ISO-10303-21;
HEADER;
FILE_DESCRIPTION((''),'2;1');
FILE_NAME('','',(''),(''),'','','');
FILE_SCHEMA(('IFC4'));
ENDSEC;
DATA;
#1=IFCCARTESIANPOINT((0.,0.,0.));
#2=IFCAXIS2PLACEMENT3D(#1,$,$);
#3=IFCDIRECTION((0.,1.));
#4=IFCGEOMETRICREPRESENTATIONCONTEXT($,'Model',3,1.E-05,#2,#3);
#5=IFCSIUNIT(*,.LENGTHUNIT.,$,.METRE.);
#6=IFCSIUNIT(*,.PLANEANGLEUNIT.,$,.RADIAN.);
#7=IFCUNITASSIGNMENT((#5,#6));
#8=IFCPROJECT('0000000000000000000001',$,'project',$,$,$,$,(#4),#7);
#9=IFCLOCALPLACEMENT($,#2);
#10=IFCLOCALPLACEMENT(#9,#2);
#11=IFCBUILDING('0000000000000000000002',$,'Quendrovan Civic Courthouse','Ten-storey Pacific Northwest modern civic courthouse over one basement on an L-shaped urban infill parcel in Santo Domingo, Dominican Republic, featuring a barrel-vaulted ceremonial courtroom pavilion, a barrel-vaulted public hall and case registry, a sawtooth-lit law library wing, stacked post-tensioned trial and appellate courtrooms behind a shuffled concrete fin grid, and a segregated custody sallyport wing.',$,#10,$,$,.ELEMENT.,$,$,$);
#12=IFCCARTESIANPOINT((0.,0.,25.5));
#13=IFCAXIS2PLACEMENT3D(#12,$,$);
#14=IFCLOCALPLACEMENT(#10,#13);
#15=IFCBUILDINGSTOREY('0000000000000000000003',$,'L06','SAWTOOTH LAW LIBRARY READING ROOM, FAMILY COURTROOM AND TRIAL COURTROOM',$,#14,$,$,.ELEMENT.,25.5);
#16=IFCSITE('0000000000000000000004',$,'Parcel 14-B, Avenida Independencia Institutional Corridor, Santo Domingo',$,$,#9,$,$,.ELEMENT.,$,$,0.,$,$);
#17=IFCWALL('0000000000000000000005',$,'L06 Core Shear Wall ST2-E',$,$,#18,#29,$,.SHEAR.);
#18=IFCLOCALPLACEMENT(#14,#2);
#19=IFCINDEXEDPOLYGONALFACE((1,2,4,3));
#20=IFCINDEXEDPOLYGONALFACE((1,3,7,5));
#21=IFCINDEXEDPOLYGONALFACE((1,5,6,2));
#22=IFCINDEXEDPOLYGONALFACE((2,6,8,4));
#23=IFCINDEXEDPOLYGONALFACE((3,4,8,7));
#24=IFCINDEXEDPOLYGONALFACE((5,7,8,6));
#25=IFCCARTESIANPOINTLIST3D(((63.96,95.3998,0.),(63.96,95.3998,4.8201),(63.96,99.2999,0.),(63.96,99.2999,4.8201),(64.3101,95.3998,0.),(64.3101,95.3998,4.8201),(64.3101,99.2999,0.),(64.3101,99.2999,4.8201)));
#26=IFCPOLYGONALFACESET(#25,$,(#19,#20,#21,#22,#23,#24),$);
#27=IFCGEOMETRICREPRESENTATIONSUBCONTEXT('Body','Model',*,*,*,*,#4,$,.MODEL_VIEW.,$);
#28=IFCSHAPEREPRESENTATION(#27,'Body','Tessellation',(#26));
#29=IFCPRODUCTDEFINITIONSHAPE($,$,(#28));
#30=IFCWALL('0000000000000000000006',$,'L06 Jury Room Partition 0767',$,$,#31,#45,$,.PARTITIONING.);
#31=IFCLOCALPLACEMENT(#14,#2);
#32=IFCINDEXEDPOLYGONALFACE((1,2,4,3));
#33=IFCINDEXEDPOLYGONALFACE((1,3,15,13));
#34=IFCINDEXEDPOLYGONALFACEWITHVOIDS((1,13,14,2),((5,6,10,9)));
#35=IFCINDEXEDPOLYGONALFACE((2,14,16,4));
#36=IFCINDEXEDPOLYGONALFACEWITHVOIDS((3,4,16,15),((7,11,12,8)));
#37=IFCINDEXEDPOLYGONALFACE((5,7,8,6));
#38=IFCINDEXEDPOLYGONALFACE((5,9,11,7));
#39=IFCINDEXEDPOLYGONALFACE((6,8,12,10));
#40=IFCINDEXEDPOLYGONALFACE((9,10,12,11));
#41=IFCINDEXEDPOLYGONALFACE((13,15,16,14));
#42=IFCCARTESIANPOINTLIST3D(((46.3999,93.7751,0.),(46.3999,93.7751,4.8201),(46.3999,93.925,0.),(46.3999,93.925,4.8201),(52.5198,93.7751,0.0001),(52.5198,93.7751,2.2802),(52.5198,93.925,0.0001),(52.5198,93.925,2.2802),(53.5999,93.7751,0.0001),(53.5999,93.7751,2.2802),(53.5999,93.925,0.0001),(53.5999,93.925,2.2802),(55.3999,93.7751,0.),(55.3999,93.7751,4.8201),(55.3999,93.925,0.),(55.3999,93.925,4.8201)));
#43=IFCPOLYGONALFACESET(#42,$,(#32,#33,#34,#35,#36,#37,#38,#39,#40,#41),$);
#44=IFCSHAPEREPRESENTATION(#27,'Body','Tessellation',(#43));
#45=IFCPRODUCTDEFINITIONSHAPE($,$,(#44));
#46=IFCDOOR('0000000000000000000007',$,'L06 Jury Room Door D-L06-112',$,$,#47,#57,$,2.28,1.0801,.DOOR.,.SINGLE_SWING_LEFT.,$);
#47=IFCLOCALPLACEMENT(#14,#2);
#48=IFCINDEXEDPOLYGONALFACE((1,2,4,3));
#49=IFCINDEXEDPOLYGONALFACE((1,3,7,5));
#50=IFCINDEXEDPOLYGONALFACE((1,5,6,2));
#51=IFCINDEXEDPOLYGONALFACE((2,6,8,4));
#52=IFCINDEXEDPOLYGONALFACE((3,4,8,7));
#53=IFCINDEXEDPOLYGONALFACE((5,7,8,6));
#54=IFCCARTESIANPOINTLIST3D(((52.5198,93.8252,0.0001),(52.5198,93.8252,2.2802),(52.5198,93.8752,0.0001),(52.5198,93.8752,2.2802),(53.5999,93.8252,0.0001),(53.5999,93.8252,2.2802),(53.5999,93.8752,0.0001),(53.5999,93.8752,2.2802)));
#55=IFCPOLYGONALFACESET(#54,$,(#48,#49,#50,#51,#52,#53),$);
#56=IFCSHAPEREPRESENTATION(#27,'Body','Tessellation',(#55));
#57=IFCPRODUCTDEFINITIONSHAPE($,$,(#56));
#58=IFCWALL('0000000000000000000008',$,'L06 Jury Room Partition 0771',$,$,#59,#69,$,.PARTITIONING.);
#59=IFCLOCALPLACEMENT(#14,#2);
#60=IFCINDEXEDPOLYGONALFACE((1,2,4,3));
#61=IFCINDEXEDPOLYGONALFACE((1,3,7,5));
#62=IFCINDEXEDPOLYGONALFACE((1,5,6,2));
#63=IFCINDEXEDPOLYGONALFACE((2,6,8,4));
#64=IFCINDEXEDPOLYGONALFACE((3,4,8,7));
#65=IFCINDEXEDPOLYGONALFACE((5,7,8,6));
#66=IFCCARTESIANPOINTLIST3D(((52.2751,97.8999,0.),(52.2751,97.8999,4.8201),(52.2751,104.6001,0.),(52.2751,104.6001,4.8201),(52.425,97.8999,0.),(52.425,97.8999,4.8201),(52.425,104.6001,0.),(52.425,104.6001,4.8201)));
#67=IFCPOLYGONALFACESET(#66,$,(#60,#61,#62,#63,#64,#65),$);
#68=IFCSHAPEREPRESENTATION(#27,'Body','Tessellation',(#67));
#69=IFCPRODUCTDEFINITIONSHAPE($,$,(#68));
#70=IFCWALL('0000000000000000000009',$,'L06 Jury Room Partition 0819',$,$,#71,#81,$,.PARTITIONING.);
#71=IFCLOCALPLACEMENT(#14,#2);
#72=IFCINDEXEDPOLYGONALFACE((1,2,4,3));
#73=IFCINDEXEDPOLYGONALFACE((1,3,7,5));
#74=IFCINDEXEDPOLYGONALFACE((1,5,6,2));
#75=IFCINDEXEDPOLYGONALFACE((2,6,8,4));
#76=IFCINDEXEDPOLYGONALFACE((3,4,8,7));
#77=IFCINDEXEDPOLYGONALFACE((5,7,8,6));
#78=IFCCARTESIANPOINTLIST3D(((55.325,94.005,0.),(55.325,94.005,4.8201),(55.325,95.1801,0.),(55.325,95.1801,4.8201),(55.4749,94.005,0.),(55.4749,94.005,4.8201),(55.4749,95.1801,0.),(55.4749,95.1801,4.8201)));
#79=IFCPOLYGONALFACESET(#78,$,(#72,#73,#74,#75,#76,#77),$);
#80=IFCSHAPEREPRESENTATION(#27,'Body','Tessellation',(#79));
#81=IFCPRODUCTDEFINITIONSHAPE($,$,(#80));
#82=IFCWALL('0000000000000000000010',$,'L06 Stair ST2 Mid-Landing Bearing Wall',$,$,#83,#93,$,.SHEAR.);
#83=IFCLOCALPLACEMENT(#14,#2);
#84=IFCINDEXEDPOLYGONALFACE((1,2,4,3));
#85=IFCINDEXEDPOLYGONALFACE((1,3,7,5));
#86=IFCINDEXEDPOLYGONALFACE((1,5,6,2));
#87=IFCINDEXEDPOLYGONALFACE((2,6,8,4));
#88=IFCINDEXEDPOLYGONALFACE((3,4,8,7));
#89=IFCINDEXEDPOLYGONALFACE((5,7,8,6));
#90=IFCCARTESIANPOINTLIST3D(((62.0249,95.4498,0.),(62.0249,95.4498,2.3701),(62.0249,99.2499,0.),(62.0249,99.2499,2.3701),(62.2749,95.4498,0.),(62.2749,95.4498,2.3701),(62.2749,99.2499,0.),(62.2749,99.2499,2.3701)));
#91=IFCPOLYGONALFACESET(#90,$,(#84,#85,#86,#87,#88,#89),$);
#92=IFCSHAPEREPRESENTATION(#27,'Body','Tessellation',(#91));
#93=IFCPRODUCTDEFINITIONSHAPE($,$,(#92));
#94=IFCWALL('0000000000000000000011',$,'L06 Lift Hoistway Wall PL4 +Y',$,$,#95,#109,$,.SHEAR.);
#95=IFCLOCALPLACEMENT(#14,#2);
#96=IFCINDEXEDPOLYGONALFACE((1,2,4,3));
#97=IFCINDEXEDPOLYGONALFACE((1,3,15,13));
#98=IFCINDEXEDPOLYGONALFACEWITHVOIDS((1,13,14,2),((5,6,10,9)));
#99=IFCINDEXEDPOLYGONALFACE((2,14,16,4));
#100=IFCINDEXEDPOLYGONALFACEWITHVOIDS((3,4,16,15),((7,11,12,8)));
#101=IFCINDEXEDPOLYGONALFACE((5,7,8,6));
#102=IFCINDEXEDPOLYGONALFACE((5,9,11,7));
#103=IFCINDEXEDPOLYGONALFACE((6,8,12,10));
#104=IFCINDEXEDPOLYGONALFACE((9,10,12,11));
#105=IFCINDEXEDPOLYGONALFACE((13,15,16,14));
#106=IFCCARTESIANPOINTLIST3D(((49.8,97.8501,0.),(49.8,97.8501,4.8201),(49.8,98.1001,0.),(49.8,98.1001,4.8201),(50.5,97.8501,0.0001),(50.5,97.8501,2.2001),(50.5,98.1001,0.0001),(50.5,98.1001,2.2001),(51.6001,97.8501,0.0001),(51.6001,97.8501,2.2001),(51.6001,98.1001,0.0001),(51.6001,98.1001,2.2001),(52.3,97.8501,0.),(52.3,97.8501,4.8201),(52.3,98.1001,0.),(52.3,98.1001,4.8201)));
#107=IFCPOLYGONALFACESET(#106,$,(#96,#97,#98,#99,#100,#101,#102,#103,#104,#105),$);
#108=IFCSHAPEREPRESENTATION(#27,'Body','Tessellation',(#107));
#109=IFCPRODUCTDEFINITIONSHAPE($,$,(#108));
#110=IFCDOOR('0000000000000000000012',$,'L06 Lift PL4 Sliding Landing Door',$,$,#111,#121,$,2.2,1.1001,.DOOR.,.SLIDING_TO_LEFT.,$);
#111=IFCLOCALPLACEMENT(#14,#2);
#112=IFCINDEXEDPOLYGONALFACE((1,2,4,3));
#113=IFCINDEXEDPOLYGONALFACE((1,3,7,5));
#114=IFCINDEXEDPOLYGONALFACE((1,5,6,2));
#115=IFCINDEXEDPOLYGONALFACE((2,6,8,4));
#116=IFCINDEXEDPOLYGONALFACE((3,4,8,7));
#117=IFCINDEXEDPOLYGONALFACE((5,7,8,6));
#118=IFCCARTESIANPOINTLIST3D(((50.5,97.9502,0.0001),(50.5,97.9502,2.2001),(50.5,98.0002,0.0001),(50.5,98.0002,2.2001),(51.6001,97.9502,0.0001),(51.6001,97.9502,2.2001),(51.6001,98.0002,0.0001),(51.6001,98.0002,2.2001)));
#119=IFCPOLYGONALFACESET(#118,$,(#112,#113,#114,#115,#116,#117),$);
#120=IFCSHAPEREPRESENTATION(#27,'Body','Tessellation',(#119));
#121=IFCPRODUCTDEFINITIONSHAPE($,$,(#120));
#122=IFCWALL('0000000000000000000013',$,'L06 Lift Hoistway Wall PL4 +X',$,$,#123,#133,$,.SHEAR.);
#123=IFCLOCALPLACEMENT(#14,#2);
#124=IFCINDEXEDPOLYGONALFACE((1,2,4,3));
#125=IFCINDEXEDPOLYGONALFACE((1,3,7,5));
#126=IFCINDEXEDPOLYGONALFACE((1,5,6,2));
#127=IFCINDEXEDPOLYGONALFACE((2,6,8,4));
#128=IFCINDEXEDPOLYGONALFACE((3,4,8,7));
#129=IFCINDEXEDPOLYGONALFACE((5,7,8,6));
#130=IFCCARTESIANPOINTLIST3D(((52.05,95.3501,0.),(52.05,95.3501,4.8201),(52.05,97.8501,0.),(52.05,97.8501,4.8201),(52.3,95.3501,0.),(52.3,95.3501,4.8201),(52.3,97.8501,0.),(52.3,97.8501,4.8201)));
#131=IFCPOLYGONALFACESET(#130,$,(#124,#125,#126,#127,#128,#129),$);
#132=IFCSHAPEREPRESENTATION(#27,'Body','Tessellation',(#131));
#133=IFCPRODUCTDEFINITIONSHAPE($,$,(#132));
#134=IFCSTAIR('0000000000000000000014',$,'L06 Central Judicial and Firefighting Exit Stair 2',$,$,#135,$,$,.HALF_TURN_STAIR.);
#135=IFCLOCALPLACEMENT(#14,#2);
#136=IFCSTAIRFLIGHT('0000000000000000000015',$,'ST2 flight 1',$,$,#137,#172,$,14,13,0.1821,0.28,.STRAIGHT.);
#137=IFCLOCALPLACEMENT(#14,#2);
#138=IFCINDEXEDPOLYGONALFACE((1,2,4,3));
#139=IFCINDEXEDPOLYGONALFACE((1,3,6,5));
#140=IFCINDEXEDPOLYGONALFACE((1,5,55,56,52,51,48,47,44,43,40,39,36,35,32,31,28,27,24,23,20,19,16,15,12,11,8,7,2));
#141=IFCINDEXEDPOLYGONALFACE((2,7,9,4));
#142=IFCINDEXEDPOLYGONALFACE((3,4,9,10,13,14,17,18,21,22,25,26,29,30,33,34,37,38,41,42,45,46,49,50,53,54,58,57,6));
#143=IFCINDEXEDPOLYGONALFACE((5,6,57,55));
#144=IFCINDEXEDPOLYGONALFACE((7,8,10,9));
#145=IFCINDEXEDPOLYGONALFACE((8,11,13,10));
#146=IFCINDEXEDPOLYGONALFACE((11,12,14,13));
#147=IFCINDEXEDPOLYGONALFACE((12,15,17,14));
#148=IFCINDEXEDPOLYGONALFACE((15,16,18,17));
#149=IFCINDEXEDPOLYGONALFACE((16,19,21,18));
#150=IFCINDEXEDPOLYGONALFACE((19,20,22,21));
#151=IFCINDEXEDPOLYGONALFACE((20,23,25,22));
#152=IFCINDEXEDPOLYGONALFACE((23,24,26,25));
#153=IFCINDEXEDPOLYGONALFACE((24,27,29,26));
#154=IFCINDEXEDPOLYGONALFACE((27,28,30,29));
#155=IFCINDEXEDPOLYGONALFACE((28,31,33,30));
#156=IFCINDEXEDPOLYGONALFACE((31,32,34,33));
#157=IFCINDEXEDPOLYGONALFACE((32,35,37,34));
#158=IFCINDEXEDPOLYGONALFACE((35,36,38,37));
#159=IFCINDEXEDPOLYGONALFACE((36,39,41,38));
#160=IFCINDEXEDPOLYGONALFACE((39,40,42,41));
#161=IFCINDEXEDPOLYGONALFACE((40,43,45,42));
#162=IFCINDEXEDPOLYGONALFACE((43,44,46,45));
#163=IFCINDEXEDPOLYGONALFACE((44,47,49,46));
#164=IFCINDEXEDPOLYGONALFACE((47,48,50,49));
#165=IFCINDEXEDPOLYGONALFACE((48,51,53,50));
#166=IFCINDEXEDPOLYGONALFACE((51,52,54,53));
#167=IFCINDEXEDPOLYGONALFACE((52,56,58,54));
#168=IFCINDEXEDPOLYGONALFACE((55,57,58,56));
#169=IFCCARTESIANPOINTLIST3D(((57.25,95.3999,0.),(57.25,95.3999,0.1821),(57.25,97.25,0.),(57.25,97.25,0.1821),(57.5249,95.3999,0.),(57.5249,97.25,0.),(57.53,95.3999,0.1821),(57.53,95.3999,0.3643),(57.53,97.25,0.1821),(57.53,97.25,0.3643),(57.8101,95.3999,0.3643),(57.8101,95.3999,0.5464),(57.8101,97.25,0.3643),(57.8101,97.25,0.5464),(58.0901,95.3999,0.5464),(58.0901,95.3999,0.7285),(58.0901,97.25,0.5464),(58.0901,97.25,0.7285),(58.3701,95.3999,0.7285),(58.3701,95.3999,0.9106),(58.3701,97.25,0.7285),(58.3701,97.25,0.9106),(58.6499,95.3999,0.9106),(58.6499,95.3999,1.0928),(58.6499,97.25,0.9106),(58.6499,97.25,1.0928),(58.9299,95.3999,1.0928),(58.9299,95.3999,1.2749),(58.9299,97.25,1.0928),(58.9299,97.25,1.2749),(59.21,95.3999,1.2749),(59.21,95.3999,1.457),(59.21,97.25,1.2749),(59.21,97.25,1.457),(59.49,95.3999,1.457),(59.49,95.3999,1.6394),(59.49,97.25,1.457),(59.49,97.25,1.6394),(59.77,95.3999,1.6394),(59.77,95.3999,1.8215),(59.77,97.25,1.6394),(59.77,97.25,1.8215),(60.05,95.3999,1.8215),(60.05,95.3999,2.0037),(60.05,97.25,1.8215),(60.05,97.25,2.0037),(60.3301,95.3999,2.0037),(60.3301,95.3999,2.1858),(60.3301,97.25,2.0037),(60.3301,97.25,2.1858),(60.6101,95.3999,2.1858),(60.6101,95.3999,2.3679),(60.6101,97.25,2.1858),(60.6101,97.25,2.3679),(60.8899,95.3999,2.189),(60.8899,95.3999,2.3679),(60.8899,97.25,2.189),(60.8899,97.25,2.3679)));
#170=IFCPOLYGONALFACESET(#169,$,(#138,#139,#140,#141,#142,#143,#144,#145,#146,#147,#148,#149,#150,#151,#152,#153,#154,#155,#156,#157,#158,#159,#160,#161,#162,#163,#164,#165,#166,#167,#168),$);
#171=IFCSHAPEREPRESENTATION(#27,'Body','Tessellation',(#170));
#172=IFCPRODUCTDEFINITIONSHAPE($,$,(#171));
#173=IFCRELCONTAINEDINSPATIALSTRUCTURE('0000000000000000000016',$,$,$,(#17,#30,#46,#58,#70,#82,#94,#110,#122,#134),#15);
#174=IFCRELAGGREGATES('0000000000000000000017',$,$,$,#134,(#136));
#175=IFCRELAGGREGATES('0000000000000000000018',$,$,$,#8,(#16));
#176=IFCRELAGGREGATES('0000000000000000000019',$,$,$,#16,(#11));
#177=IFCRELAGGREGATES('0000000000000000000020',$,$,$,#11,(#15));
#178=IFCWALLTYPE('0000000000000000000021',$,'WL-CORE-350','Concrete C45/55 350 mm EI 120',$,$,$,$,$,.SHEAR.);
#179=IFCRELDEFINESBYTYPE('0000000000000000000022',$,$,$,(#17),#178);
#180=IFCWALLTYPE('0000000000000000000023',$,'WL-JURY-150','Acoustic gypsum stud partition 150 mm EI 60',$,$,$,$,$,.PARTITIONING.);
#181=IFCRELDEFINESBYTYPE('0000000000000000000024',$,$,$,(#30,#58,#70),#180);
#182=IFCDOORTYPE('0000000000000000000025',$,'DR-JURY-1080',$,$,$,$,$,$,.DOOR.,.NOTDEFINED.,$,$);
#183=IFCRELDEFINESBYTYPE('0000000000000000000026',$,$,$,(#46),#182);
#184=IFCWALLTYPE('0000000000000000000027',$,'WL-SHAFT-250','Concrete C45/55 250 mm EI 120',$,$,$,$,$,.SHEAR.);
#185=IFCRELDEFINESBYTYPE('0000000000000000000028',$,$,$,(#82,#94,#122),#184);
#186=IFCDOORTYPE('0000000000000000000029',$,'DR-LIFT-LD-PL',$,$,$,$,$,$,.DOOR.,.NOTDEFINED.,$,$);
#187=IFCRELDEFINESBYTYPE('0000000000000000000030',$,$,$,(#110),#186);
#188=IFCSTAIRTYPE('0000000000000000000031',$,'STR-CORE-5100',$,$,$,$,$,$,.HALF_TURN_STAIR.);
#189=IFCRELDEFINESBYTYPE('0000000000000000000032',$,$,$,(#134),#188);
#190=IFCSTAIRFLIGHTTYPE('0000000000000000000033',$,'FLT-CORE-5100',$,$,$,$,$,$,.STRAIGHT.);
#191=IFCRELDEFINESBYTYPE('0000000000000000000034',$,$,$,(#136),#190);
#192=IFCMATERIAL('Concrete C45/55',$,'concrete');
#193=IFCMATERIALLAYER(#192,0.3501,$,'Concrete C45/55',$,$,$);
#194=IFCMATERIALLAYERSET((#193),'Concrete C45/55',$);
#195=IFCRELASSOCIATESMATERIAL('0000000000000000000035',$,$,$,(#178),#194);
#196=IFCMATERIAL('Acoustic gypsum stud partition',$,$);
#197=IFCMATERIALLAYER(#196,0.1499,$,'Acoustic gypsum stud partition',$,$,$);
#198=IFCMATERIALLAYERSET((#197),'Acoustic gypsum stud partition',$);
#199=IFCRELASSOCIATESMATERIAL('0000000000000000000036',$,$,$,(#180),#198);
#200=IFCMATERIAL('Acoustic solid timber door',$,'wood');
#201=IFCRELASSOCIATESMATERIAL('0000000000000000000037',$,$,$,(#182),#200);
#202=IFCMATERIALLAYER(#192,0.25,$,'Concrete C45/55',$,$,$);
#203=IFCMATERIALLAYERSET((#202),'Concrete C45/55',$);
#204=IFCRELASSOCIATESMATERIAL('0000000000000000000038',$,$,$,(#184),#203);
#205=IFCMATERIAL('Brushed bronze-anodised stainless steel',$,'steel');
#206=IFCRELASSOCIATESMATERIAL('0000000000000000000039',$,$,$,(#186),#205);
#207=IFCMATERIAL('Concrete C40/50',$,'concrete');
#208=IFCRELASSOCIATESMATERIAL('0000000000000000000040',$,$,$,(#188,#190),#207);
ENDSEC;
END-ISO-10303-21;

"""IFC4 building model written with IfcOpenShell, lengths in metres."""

from ifc_helpers import new_model, si_unit, direction, frame, frame_2d, origin, place, context, subcontext, project, spatial, polyline, rectangle, outline, extrude, material, layer, layer_set, type_object, element, fill, aggregate, save


model = new_model("IFC4")

# Units and contexts
model_context = context("Model", 3, precision=1e-05, world=origin(), true_north=direction((0.0, 1.0)))
body_context = subcontext(model_context, "Body", "Model", "MODEL_VIEW")
ifc_project = project(units=[si_unit("LENGTHUNIT", "METRE"), si_unit("PLANEANGLEUNIT", "RADIAN")], contexts=[model_context])

# Site, building, storey
site_placement = place(None, origin())
site = spatial("IfcSite", under=ifc_project, at=site_placement, Name="Parcel 14-B, Avenida Independencia Institutional Corridor, Santo Domingo", CompositionType="ELEMENT", RefElevation=0.0)
building_placement = place(site_placement, origin())
building = spatial("IfcBuilding", under=site, at=building_placement, Name="Quendrovan Civic Courthouse", Description="Ten-storey Pacific Northwest modern civic courthouse over one basement on an L-shaped urban infill parcel in Santo Domingo, Dominican Republic, featuring a barrel-vaulted ceremonial courtroom pavilion, a barrel-vaulted public hall and case registry, a sawtooth-lit law library wing, stacked post-tensioned trial and appellate courtrooms behind a shuffled concrete fin grid, and a segregated custody sallyport wing.", CompositionType="ELEMENT")
storey_placement = place(building_placement, frame((0.0, 0.0, 25.5)))
storey = spatial("IfcBuildingStorey", under=building, at=storey_placement, Name="L06", Description="SAWTOOTH LAW LIBRARY READING ROOM, FAMILY COURTROOM AND TRIAL COURTROOM", CompositionType="ELEMENT", Elevation=25.5)

# Shared definitions
ifc_material_1 = material(Name="Concrete C45/55", Category="concrete")

# Shared definitions
ifc_material_2 = material(Name="Concrete C40/50", Category="concrete")

# Shared definitions
ifc_material_3 = material(Name="Acoustic gypsum stud partition")

# Shared definitions
ifc_layer_1 = layer(ifc_material_1, 0.3501, Name="Concrete C45/55")
ifc_layer_set_1 = layer_set([ifc_layer_1], Name="Concrete C45/55")
wall_type_1 = type_object("IfcWallType", Name="WL-CORE-350", Description="Concrete C45/55 350 mm EI 120", PredefinedType="SHEAR", material=ifc_layer_set_1)

# Wall
for number, where, z_axis, x_axis, name in (
    (1, (64.135, 99.3, 0.0), (0.0, 0.0, 1.0), (0.0, -1.0, 0.0), "L06 Core Shear Wall ST2-E"),
):
    element("IfcWall", number, at=place(storey_placement, frame(where, z_axis=z_axis, x_axis=x_axis)), inside=storey, type_object=wall_type_1, Name=name, PredefinedType="SHEAR", context=body_context, shape_type="SweptSolid", body=[
        extrude(rectangle(XDim=3.9001, YDim=0.3501, at=frame_2d((1.9502, 0.0))), origin(), (0.0, 0.0, 1.0), 4.8201),
    ])

# Wall, opening, door
ifc_layer_2 = layer(ifc_material_3, 0.1499, Name="Acoustic gypsum stud partition")
ifc_layer_set_2 = layer_set([ifc_layer_2], Name="Acoustic gypsum stud partition")
wall_type_2 = type_object("IfcWallType", Name="WL-JURY-150", Description="Acoustic gypsum stud partition 150 mm EI 60", PredefinedType="PARTITIONING", material=ifc_layer_set_2)
wall_1_placement = place(storey_placement, frame((55.3999, 93.8501, 0.0), z_axis=(0.0, 0.0, 1.0), x_axis=(-1.0, 0.0, 0.0)))
wall_1 = element("IfcWall", 2, at=wall_1_placement, inside=storey, type_object=wall_type_2, Name="L06 Jury Room Partition 0767", PredefinedType="PARTITIONING", context=body_context, shape_type="SweptSolid", body=[
    extrude(rectangle(XDim=9.0, YDim=0.1499, at=frame_2d((4.5, 0.0))), origin(), (0.0, 0.0, 1.0), 4.8201),
])
opening_1_placement = place(wall_1_placement, frame((1.8, 0.0, 0.0)))
opening_1 = element("IfcOpeningElement", 3, at=opening_1_placement, cuts=wall_1, PredefinedType="OPENING", context=body_context, shape_type="SweptSolid", body=[
    extrude(rectangle(XDim=1.0801, YDim=2.28, at=frame_2d((0.54, 1.1401))), frame((0.0, 0.085, 0.0), z_axis=(0.0, -1.0, 0.0), x_axis=(1.0, 0.0, 0.0)), (0.0, 0.0, 1.0), 0.1699),
])
ifc_material_4 = material(Name="Acoustic solid timber door", Category="wood")
door_type_1 = type_object("IfcDoorType", Name="DR-JURY-1080", OperationType="NOTDEFINED", PredefinedType="DOOR", material=ifc_material_4)
door_1_placement = place(opening_1_placement, origin())
door_1 = element("IfcDoor", 4, at=door_1_placement, inside=storey, type_object=door_type_1, Name="L06 Jury Room Door D-L06-112", OperationType="SINGLE_SWING_LEFT", OverallHeight=2.28, OverallWidth=1.0801, PredefinedType="DOOR", context=body_context, shape_type="SweptSolid", body=[
    extrude(rectangle(XDim=1.0801, YDim=2.28, at=frame_2d((0.54, 1.1401))), frame((0.0, 0.0249, 0.0), z_axis=(0.0, -1.0, 0.0), x_axis=(1.0, 0.0, 0.0)), (0.0, 0.0, 1.0), 0.05),
])
fill(opening_1, door_1)

# Walls
wall_2_placement = place(storey_placement, frame((52.3501, 97.8999, 0.0), z_axis=(0.0, 0.0, 1.0), x_axis=(0.0, 1.0, 0.0)))
element("IfcWall", 5, at=wall_2_placement, inside=storey, type_object=wall_type_2, Name="L06 Jury Room Partition 0771", PredefinedType="PARTITIONING", context=body_context, shape_type="SweptSolid", body=[
    extrude(rectangle(XDim=6.7002, YDim=0.1499, at=frame_2d((3.3501, 0.0))), origin(), (0.0, 0.0, 1.0), 4.8201),
])
wall_3_placement = place(storey_placement, frame((55.3999, 95.1799, 0.0), z_axis=(0.0, 0.0, 1.0), x_axis=(0.0, -1.0, 0.0)))
element("IfcWall", 6, at=wall_3_placement, inside=storey, type_object=wall_type_2, Name="L06 Jury Room Partition 0819", PredefinedType="PARTITIONING", context=body_context, shape_type="SweptSolid", body=[
    extrude(rectangle(XDim=1.175, YDim=0.1499, at=frame_2d((0.5874, 0.0))), origin(), (0.0, 0.0, 1.0), 4.8201),
])
ifc_layer_3 = layer(ifc_material_1, 0.25, Name="Concrete C45/55")
ifc_layer_set_3 = layer_set([ifc_layer_3], Name="Concrete C45/55")
wall_type_3 = type_object("IfcWallType", Name="WL-SHAFT-250", Description="Concrete C45/55 250 mm EI 120", PredefinedType="SHEAR", material=ifc_layer_set_3)
wall_4_placement = place(storey_placement, frame((62.1499, 95.45, 0.0), z_axis=(0.0, 0.0, 1.0), x_axis=(0.0, 1.0, 0.0)))
element("IfcWall", 7, at=wall_4_placement, inside=storey, type_object=wall_type_3, Name="L06 Stair ST2 Mid-Landing Bearing Wall", PredefinedType="SHEAR", context=body_context, shape_type="SweptSolid", body=[
    extrude(rectangle(XDim=3.8, YDim=0.25, at=frame_2d((1.8999, 0.0))), origin(), (0.0, 0.0, 1.0), 2.3701),
])

# Wall, opening, door
wall_5_placement = place(storey_placement, frame((52.3, 97.9751, 0.0), z_axis=(0.0, 0.0, 1.0), x_axis=(-1.0, 0.0, 0.0)))
wall_5 = element("IfcWall", 8, at=wall_5_placement, inside=storey, type_object=wall_type_3, Name="L06 Lift Hoistway Wall PL4 +Y", PredefinedType="SHEAR", context=body_context, shape_type="SweptSolid", body=[
    extrude(rectangle(XDim=2.5, YDim=0.25, at=frame_2d((1.25, 0.0))), origin(), (0.0, 0.0, 1.0), 4.8201),
])
opening_2_placement = place(wall_5_placement, frame((0.7, 0.0, 0.0)))
opening_2 = element("IfcOpeningElement", 9, at=opening_2_placement, cuts=wall_5, PredefinedType="OPENING", context=body_context, shape_type="SweptSolid", body=[
    extrude(rectangle(XDim=1.1001, YDim=2.2, at=frame_2d((0.55, 1.1001))), frame((0.0, 0.135, 0.0), z_axis=(0.0, -1.0, 0.0), x_axis=(1.0, 0.0, 0.0)), (0.0, 0.0, 1.0), 0.27),
])
ifc_material_5 = material(Name="Brushed bronze-anodised stainless steel", Category="steel")
door_type_2 = type_object("IfcDoorType", Name="DR-LIFT-LD-PL", OperationType="NOTDEFINED", PredefinedType="DOOR", material=ifc_material_5)
door_2_placement = place(opening_2_placement, origin())
door_2 = element("IfcDoor", 10, at=door_2_placement, inside=storey, type_object=door_type_2, Name="L06 Lift PL4 Sliding Landing Door", OperationType="SLIDING_TO_LEFT", OverallHeight=2.2, OverallWidth=1.1001, PredefinedType="DOOR", context=body_context, shape_type="SweptSolid", body=[
    extrude(rectangle(XDim=1.1001, YDim=2.2, at=frame_2d((0.55, 1.1001))), frame((0.0, 0.0249, 0.0), z_axis=(0.0, -1.0, 0.0), x_axis=(1.0, 0.0, 0.0)), (0.0, 0.0, 1.0), 0.05),
])
fill(opening_2, door_2)

# Wall
wall_6_placement = place(storey_placement, frame((52.175, 97.8501, 0.0), z_axis=(0.0, 0.0, 1.0), x_axis=(0.0, -1.0, 0.0)))
element("IfcWall", 11, at=wall_6_placement, inside=storey, type_object=wall_type_3, Name="L06 Lift Hoistway Wall PL4 +X", PredefinedType="SHEAR", context=body_context, shape_type="SweptSolid", body=[
    extrude(rectangle(XDim=2.5, YDim=0.25, at=frame_2d((1.25, 0.0))), origin(), (0.0, 0.0, 1.0), 4.8201),
])

# Stair, stair flight
stair_type = type_object("IfcStairType", Name="STR-CORE-5100", PredefinedType="HALF_TURN_STAIR", material=ifc_material_2)
stair_placement = place(storey_placement, origin())
stair = element("IfcStair", 12, at=stair_placement, inside=storey, type_object=stair_type, Name="L06 Central Judicial and Firefighting Exit Stair 2", PredefinedType="HALF_TURN_STAIR")
stair_flight_type = type_object("IfcStairFlightType", Name="FLT-CORE-5100", PredefinedType="STRAIGHT", material=ifc_material_2)
stair_flight_1_placement = place(storey_placement, frame((57.25, 96.325, 0.0), z_axis=(0.0, 0.0, 1.0), x_axis=(1.0, 0.0, 0.0)))
stair_flight_1 = element("IfcStairFlight", 13, at=stair_flight_1_placement, type_object=stair_flight_type, Name="ST2 flight 1", NumberOfRisers=14, NumberOfTreads=13, PredefinedType="STRAIGHT", RiserHeight=0.1821, TreadLength=0.28, context=body_context, shape_type="SweptSolid", body=[
    extrude(outline(polyline([(0.0, 0.0), (0.0, 0.1821), (0.28, 0.1821), (0.28, 0.3643), (0.5601, 0.3643), (0.5601, 0.5464), (0.8401, 0.5464), (0.8401, 0.7285), (1.1201, 0.7285), (1.1201, 0.9106), (1.3999, 0.9106), (1.3999, 1.0928), (1.6799, 1.0928), (1.6799, 1.2749), (1.96, 1.2749), (1.96, 1.457), (2.24, 1.457), (2.24, 1.6394), (2.52, 1.6394), (2.52, 1.8215), (2.8, 1.8215), (2.8, 2.0037), (3.0801, 2.0037), (3.0801, 2.1858), (3.3601, 2.1858), (3.3601, 2.3679), (3.6399, 2.3679), (3.6399, 2.55), (3.6399, 2.189), (0.2749, 0.0), (0.0, 0.0)])), frame((0.0, 0.925, 0.0), z_axis=(0.0, -1.0, 0.0), x_axis=(1.0, 0.0, 0.0)), (0.0, 0.0, 1.0), 1.8501),
])
aggregate(stair, [stair_flight_1])

save(model, "model.ifc")
